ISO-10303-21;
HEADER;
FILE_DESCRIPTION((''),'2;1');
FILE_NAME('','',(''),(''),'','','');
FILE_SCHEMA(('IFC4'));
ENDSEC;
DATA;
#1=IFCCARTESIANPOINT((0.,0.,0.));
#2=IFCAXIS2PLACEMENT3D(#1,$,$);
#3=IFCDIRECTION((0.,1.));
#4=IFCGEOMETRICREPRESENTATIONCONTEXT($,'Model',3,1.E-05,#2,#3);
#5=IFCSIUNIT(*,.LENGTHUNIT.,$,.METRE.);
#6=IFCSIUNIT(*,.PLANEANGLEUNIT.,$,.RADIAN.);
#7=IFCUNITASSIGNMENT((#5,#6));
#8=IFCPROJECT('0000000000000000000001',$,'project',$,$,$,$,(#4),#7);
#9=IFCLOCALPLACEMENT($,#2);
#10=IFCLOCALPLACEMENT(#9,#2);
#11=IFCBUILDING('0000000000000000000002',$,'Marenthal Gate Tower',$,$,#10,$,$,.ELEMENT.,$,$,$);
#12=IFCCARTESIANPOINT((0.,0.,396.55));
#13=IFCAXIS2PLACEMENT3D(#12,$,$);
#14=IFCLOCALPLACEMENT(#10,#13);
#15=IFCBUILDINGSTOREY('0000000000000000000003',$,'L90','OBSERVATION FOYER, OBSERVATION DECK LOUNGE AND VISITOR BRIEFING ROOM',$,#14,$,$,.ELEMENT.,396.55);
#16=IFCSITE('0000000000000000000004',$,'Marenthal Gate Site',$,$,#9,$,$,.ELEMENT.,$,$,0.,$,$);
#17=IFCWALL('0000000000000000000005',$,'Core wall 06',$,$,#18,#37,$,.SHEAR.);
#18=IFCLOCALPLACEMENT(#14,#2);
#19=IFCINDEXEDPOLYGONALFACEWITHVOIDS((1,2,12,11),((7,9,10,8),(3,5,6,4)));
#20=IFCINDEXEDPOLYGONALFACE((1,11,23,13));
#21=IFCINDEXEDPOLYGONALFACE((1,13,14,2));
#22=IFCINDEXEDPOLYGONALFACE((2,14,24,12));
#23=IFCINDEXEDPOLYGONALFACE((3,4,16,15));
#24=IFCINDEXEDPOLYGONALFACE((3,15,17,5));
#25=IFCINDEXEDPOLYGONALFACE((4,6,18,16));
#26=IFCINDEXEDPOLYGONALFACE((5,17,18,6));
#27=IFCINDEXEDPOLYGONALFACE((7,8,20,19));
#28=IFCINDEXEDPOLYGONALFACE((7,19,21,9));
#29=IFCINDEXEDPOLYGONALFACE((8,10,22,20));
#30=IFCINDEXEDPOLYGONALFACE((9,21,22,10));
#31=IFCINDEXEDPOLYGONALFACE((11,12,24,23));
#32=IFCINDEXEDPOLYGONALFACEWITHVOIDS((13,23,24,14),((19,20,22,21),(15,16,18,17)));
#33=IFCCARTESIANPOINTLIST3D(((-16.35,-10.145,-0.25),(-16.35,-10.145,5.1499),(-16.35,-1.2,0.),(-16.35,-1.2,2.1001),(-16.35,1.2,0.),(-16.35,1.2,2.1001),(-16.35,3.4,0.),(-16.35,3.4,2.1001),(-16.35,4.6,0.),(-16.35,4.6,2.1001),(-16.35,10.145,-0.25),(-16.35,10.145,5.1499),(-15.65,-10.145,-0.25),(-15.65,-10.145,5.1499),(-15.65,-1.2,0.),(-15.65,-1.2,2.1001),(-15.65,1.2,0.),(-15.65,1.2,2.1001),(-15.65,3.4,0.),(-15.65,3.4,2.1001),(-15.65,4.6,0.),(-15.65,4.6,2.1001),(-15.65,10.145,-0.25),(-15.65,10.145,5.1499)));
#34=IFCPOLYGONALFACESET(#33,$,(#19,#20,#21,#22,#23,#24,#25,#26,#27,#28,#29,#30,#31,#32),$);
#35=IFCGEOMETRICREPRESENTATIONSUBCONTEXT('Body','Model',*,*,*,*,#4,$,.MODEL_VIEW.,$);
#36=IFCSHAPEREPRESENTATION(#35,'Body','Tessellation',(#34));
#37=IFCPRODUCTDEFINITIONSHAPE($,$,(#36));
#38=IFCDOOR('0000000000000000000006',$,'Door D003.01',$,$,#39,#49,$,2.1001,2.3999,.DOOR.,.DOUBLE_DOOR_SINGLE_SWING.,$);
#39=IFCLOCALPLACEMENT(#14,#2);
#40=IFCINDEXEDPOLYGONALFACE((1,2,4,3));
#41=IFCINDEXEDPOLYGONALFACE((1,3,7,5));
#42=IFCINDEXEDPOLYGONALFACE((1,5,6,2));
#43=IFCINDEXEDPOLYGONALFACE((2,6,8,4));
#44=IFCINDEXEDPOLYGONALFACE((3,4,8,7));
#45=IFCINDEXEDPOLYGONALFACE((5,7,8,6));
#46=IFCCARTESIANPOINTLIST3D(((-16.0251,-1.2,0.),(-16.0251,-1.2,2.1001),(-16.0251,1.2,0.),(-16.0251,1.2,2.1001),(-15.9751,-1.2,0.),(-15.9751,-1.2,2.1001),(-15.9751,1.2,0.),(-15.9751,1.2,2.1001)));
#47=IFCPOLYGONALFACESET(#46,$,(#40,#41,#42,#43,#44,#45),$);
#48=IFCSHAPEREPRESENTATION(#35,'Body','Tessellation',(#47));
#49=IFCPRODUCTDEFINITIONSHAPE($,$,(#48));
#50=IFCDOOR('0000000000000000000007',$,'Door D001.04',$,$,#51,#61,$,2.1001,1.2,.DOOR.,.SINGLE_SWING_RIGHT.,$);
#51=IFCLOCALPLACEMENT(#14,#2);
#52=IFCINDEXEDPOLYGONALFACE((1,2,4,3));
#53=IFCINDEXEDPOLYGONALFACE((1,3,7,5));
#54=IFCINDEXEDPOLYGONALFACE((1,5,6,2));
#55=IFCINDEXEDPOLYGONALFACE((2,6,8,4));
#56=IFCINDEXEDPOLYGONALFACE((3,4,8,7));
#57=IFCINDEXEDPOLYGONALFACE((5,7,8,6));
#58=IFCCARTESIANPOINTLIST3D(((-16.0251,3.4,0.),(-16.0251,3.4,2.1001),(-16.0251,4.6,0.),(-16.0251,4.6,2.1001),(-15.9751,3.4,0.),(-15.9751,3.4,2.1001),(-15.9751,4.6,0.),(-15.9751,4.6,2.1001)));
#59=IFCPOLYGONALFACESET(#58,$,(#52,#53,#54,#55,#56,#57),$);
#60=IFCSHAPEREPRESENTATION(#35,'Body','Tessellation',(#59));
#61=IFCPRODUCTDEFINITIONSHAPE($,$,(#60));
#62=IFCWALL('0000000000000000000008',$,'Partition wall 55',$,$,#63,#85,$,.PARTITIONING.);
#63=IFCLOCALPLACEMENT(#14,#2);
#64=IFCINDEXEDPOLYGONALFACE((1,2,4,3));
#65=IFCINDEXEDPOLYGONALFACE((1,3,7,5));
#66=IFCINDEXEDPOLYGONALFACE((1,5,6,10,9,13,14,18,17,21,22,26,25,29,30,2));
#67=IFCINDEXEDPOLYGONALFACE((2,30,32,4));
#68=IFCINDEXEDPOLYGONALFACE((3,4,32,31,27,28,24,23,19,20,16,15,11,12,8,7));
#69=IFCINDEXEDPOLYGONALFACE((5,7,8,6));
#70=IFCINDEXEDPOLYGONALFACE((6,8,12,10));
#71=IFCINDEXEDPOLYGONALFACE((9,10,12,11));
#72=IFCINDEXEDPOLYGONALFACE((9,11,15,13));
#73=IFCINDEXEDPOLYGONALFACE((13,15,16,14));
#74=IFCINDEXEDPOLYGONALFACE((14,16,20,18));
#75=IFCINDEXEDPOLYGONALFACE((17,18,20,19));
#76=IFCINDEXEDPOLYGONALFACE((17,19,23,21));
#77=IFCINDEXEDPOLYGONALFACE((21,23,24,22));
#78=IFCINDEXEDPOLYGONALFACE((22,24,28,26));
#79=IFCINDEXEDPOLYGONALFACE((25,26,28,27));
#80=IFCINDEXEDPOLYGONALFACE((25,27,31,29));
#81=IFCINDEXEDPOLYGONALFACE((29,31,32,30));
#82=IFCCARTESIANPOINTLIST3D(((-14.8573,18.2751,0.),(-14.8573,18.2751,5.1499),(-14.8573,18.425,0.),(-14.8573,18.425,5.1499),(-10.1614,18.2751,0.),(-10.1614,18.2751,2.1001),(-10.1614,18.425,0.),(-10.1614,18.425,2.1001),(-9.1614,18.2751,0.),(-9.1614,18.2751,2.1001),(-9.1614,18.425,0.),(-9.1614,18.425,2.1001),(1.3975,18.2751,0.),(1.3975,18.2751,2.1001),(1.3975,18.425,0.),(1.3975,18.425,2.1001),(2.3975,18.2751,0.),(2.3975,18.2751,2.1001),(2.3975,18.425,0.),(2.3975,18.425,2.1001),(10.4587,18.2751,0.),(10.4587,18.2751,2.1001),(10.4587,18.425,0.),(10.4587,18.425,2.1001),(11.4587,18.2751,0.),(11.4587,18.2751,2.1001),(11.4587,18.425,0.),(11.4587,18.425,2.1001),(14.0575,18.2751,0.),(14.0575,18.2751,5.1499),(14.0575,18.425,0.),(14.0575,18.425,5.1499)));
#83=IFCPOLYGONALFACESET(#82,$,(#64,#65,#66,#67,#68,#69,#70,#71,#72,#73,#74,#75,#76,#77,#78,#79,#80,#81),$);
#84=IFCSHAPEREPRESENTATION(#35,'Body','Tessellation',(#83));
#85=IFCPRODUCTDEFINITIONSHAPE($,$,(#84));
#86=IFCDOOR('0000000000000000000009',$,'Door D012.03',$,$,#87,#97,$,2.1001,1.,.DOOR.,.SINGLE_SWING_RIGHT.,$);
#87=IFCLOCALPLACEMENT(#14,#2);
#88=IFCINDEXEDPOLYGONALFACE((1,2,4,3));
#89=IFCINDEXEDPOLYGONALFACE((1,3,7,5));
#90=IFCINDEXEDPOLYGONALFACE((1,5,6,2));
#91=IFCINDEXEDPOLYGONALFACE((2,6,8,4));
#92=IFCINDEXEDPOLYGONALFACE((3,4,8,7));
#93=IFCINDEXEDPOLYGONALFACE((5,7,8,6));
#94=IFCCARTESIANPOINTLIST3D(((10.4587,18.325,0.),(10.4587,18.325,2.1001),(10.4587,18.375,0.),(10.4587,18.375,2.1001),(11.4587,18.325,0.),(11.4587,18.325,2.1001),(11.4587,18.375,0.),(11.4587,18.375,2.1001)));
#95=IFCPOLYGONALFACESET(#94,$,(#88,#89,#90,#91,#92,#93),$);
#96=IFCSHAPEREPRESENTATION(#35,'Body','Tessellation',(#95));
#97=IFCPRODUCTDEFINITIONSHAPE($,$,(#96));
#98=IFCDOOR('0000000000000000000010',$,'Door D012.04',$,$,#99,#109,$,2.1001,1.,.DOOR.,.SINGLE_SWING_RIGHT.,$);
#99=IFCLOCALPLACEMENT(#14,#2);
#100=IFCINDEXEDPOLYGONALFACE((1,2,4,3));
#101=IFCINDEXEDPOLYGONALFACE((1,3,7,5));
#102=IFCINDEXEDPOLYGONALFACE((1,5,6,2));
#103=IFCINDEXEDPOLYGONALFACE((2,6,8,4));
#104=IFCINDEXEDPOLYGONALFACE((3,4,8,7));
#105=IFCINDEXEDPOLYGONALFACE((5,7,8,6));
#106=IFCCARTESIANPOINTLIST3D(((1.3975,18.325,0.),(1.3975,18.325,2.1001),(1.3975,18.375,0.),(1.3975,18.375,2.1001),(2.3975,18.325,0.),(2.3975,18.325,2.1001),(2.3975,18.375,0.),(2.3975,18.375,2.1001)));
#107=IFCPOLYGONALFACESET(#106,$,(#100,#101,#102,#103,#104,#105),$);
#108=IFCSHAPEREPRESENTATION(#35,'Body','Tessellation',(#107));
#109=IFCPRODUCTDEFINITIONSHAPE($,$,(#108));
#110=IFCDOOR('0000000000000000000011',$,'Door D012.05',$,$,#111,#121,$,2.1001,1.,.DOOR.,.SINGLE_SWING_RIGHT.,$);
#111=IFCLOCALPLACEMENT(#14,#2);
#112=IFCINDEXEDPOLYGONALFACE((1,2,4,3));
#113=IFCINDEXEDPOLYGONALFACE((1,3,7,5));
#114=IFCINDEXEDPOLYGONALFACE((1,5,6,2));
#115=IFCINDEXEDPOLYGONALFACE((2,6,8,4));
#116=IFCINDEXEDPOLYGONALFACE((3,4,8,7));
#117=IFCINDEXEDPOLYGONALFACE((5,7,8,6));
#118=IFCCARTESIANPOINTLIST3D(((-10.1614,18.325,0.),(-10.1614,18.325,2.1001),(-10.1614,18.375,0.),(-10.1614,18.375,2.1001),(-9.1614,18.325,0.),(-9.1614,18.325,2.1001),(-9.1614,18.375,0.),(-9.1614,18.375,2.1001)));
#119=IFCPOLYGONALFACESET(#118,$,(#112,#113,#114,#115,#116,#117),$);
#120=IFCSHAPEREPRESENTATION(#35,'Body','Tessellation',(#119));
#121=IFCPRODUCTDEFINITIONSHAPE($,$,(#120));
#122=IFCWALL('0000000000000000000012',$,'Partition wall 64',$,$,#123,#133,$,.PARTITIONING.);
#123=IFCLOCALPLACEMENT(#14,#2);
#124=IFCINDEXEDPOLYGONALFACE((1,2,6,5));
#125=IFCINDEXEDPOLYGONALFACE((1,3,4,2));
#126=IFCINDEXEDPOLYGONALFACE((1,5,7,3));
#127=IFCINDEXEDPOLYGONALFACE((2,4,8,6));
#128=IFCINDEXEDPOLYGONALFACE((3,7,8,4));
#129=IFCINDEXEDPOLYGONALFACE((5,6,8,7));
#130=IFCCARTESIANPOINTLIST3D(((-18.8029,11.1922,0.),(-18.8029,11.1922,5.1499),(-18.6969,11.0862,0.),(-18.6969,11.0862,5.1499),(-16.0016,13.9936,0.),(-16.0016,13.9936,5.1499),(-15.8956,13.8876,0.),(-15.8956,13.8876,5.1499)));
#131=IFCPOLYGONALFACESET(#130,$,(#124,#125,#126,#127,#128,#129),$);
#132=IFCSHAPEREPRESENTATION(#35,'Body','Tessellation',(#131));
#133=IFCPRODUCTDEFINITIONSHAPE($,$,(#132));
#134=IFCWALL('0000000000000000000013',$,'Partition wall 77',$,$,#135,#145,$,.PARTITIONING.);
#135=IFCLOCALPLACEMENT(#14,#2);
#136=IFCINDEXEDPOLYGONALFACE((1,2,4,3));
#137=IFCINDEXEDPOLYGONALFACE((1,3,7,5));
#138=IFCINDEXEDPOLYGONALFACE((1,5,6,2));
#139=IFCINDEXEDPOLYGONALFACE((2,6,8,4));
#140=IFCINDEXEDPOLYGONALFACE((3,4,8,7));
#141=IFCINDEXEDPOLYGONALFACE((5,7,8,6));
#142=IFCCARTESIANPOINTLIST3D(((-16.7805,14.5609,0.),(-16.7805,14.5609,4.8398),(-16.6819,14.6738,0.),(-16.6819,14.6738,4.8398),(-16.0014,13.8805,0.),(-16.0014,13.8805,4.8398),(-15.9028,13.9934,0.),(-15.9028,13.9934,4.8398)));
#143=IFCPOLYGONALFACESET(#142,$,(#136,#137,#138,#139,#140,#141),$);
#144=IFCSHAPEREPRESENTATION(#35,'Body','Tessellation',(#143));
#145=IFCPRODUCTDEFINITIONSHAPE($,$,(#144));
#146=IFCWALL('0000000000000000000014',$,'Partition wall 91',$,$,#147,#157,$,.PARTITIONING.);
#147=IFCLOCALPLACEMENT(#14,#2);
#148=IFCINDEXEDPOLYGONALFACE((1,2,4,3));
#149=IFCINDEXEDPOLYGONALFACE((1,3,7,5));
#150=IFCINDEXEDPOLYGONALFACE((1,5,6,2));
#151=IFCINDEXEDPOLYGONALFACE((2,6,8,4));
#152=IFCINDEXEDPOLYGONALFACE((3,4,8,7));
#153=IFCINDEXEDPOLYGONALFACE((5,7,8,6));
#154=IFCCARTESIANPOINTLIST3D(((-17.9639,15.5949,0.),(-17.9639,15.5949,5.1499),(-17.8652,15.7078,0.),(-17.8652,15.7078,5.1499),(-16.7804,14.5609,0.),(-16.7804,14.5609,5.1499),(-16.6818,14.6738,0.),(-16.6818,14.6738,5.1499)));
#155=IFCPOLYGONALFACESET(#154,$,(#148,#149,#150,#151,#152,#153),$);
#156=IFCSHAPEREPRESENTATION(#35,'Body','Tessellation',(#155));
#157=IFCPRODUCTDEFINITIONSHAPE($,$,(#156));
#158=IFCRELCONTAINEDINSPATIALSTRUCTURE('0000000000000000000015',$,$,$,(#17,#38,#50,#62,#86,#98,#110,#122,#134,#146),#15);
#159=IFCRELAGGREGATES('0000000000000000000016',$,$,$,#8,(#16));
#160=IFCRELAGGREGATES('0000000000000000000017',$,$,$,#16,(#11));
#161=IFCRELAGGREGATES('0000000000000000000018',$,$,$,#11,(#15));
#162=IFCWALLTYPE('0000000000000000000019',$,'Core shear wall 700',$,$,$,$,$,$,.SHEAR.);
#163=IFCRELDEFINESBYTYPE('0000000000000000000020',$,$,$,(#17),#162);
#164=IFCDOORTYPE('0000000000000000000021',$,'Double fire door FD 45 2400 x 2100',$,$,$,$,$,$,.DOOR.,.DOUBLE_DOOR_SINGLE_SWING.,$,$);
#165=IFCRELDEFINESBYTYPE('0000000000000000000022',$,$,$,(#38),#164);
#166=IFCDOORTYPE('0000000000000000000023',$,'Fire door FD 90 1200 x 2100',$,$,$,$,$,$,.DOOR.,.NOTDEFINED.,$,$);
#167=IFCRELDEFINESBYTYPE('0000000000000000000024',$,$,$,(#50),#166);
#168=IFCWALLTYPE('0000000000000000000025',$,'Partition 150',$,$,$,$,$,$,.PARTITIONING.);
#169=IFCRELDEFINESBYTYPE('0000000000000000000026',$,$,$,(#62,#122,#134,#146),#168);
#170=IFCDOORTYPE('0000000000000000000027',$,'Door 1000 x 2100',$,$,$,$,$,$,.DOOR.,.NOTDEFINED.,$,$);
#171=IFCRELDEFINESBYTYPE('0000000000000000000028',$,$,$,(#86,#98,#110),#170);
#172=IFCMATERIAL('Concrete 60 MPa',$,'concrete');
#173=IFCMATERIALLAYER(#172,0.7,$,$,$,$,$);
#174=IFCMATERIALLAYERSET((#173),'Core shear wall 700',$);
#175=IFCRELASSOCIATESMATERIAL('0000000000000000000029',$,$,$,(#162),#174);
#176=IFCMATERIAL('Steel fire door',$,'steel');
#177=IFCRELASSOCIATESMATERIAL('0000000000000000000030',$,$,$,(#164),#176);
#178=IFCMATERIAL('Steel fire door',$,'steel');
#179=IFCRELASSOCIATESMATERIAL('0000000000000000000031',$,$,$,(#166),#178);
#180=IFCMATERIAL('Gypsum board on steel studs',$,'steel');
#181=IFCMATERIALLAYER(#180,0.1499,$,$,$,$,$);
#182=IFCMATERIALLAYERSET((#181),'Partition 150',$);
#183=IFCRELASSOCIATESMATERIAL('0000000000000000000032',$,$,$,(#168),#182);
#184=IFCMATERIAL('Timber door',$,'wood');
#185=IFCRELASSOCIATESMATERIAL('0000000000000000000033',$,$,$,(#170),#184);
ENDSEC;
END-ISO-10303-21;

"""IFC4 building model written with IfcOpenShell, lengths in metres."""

from ifc_helpers import new_model, si_unit, direction, frame, frame_2d, origin, place, context, subcontext, project, spatial, rectangle, extrude, material, layer, layer_set, type_object, element, fill, save


model = new_model("IFC4")

# Units and contexts
model_context = context("Model", 3, precision=1e-05, world=origin(), true_north=direction((0.0, 1.0)))
body_context = subcontext(model_context, "Body", "Model", "MODEL_VIEW")
ifc_project = project(units=[si_unit("LENGTHUNIT", "METRE"), si_unit("PLANEANGLEUNIT", "RADIAN")], contexts=[model_context])

# Site, building, storey
site_placement = place(None, origin())
site = spatial("IfcSite", under=ifc_project, at=site_placement, Name="Marenthal Gate Site", CompositionType="ELEMENT", RefElevation=0.0)
building_placement = place(site_placement, origin())
building = spatial("IfcBuilding", under=site, at=building_placement, Name="Marenthal Gate Tower", CompositionType="ELEMENT")
storey_placement = place(building_placement, frame((0.0, 0.0, 396.55)))
storey = spatial("IfcBuildingStorey", under=building, at=storey_placement, Name="L90", Description="OBSERVATION FOYER, OBSERVATION DECK LOUNGE AND VISITOR BRIEFING ROOM", CompositionType="ELEMENT", Elevation=396.55)

# Walls, openings, doors
ifc_material_1 = material(Name="Concrete 60 MPa", Category="concrete")
ifc_layer_1 = layer(ifc_material_1, 0.7)
ifc_layer_set_1 = layer_set([ifc_layer_1], Name="Core shear wall 700")
wall_type_1 = type_object("IfcWallType", Name="Core shear wall 700", PredefinedType="SHEAR", material=ifc_layer_set_1)
wall_1_placement = place(storey_placement, frame((-16.0, 10.145, -0.25), z_axis=(0.0, 0.0, 1.0), x_axis=(0.0, -1.0, 0.0)))
wall_1 = element("IfcWall", 1, at=wall_1_placement, inside=storey, type_object=wall_type_1, Name="Core wall 06", PredefinedType="SHEAR", context=body_context, shape_type="SweptSolid", body=[
    extrude(rectangle(XDim=20.29, YDim=0.7, at=frame_2d((10.145, 0.0))), origin(), (0.0, 0.0, 1.0), 5.3999),
])
opening_1_placement = place(wall_1_placement, frame((8.9451, 0.0, 0.25)))
opening_1 = element("IfcOpeningElement", 2, at=opening_1_placement, cuts=wall_1, PredefinedType="OPENING", context=body_context, shape_type="SweptSolid", body=[
    extrude(rectangle(XDim=2.3999, YDim=2.1001, at=frame_2d((1.2, 1.05))), frame((0.0, 0.3599, 0.0), z_axis=(0.0, -1.0, 0.0), x_axis=(1.0, 0.0, 0.0)), (0.0, 0.0, 1.0), 0.72),
])
opening_2_placement = place(wall_1_placement, frame((5.5449, 0.0, 0.25)))
opening_2 = element("IfcOpeningElement", 3, at=opening_2_placement, cuts=wall_1, PredefinedType="OPENING", context=body_context, shape_type="SweptSolid", body=[
    extrude(rectangle(XDim=1.2, YDim=2.1001, at=frame_2d((0.6001, 1.05))), frame((0.0, 0.3599, 0.0), z_axis=(0.0, -1.0, 0.0), x_axis=(1.0, 0.0, 0.0)), (0.0, 0.0, 1.0), 0.72),
])
ifc_material_2 = material(Name="Steel fire door", Category="steel")
door_type_1 = type_object("IfcDoorType", Name="Double fire door FD 45 2400 x 2100", OperationType="DOUBLE_DOOR_SINGLE_SWING", PredefinedType="DOOR", material=ifc_material_2)
door_1_placement = place(opening_1_placement, origin())
door_1 = element("IfcDoor", 4, at=door_1_placement, inside=storey, type_object=door_type_1, Name="Door D003.01", OperationType="DOUBLE_DOOR_SINGLE_SWING", OverallHeight=2.1001, OverallWidth=2.3999, PredefinedType="DOOR", context=body_context, shape_type="SweptSolid", body=[
    extrude(rectangle(XDim=2.3999, YDim=2.1001, at=frame_2d((1.2, 1.05))), frame((0.0, 0.0249, 0.0), z_axis=(0.0, -1.0, 0.0), x_axis=(1.0, 0.0, 0.0)), (0.0, 0.0, 1.0), 0.05),
])
fill(opening_1, door_1)
ifc_material_3 = material(Name="Steel fire door", Category="steel")
door_type_2 = type_object("IfcDoorType", Name="Fire door FD 90 1200 x 2100", OperationType="NOTDEFINED", PredefinedType="DOOR", material=ifc_material_3)
door_2_placement = place(opening_2_placement, origin())
door_2 = element("IfcDoor", 5, at=door_2_placement, inside=storey, type_object=door_type_2, Name="Door D001.04", OperationType="SINGLE_SWING_RIGHT", OverallHeight=2.1001, OverallWidth=1.2, PredefinedType="DOOR", context=body_context, shape_type="SweptSolid", body=[
    extrude(rectangle(XDim=1.2, YDim=2.1001, at=frame_2d((0.6001, 1.05))), frame((0.0, 0.0249, 0.0), z_axis=(0.0, -1.0, 0.0), x_axis=(1.0, 0.0, 0.0)), (0.0, 0.0, 1.0), 0.05),
])
fill(opening_2, door_2)
ifc_material_4 = material(Name="Gypsum board on steel studs", Category="steel")
ifc_layer_2 = layer(ifc_material_4, 0.1499)
ifc_layer_set_2 = layer_set([ifc_layer_2], Name="Partition 150")
wall_type_2 = type_object("IfcWallType", Name="Partition 150", PredefinedType="PARTITIONING", material=ifc_layer_set_2)
wall_2_placement = place(storey_placement, frame((-14.8574, 18.3501, 0.0), z_axis=(0.0, 0.0, 1.0), x_axis=(1.0, 0.0, 0.0)))
wall_2 = element("IfcWall", 6, at=wall_2_placement, inside=storey, type_object=wall_type_2, Name="Partition wall 55", PredefinedType="PARTITIONING", context=body_context, shape_type="SweptSolid", body=[
    extrude(rectangle(XDim=28.9148, YDim=0.1499, at=frame_2d((14.4575, 0.0))), origin(), (0.0, 0.0, 1.0), 5.1499),
])
opening_3_placement = place(wall_2_placement, frame((25.3162, 0.0, 0.0)))
opening_3 = element("IfcOpeningElement", 7, at=opening_3_placement, cuts=wall_2, PredefinedType="OPENING", context=body_context, shape_type="SweptSolid", body=[
    extrude(rectangle(XDim=1.0, YDim=2.1001, at=frame_2d((0.5, 1.05))), frame((0.0, 0.085, 0.0), z_axis=(0.0, -1.0, 0.0), x_axis=(1.0, 0.0, 0.0)), (0.0, 0.0, 1.0), 0.1699),
])
opening_4_placement = place(wall_2_placement, frame((16.2549, 0.0, 0.0)))
opening_4 = element("IfcOpeningElement", 8, at=opening_4_placement, cuts=wall_2, PredefinedType="OPENING", context=body_context, shape_type="SweptSolid", body=[
    extrude(rectangle(XDim=1.0, YDim=2.1001, at=frame_2d((0.5, 1.05))), frame((0.0, 0.085, 0.0), z_axis=(0.0, -1.0, 0.0), x_axis=(1.0, 0.0, 0.0)), (0.0, 0.0, 1.0), 0.1699),
])
opening_5_placement = place(wall_2_placement, frame((4.696, 0.0, 0.0)))
opening_5 = element("IfcOpeningElement", 9, at=opening_5_placement, cuts=wall_2, PredefinedType="OPENING", context=body_context, shape_type="SweptSolid", body=[
    extrude(rectangle(XDim=1.0, YDim=2.1001, at=frame_2d((0.5, 1.05))), frame((0.0, 0.085, 0.0), z_axis=(0.0, -1.0, 0.0), x_axis=(1.0, 0.0, 0.0)), (0.0, 0.0, 1.0), 0.1699),
])
ifc_material_5 = material(Name="Timber door", Category="wood")
door_type_3 = type_object("IfcDoorType", Name="Door 1000 x 2100", OperationType="NOTDEFINED", PredefinedType="DOOR", material=ifc_material_5)
door_3_placement = place(opening_3_placement, origin())
door_3 = element("IfcDoor", 10, at=door_3_placement, inside=storey, type_object=door_type_3, Name="Door D012.03", OperationType="SINGLE_SWING_RIGHT", OverallHeight=2.1001, OverallWidth=1.0, PredefinedType="DOOR", context=body_context, shape_type="SweptSolid", body=[
    extrude(rectangle(XDim=1.0, YDim=2.1001, at=frame_2d((0.5, 1.05))), frame((0.0, 0.0249, 0.0), z_axis=(0.0, -1.0, 0.0), x_axis=(1.0, 0.0, 0.0)), (0.0, 0.0, 1.0), 0.05),
])
fill(opening_3, door_3)
door_4_placement = place(opening_4_placement, origin())
door_4 = element("IfcDoor", 11, at=door_4_placement, inside=storey, type_object=door_type_3, Name="Door D012.04", OperationType="SINGLE_SWING_RIGHT", OverallHeight=2.1001, OverallWidth=1.0, PredefinedType="DOOR", context=body_context, shape_type="SweptSolid", body=[
    extrude(rectangle(XDim=1.0, YDim=2.1001, at=frame_2d((0.5, 1.05))), frame((0.0, 0.0249, 0.0), z_axis=(0.0, -1.0, 0.0), x_axis=(1.0, 0.0, 0.0)), (0.0, 0.0, 1.0), 0.05),
])
fill(opening_4, door_4)
door_5_placement = place(opening_5_placement, origin())
door_5 = element("IfcDoor", 12, at=door_5_placement, inside=storey, type_object=door_type_3, Name="Door D012.05", OperationType="SINGLE_SWING_RIGHT", OverallHeight=2.1001, OverallWidth=1.0, PredefinedType="DOOR", context=body_context, shape_type="SweptSolid", body=[
    extrude(rectangle(XDim=1.0, YDim=2.1001, at=frame_2d((0.5, 1.05))), frame((0.0, 0.0249, 0.0), z_axis=(0.0, -1.0, 0.0), x_axis=(1.0, 0.0, 0.0)), (0.0, 0.0, 1.0), 0.05),
])
fill(opening_5, door_5)

# Walls
wall_3_placement = place(storey_placement, frame((-18.75, 11.1392, 0.0), z_axis=(0.0, 0.0, 1.0), x_axis=(0.707107, 0.707107, 0.0)))
element("IfcWall", 13, at=wall_3_placement, inside=storey, type_object=wall_type_2, Name="Partition wall 64", PredefinedType="PARTITIONING", context=body_context, shape_type="SweptSolid", body=[
    extrude(rectangle(XDim=3.9617, YDim=0.1499, at=frame_2d((1.981, 0.0))), origin(), (0.0, 0.0, 1.0), 5.1499),
])
wall_4_placement = place(storey_placement, frame((-15.9521, 13.937, 0.0), z_axis=(0.0, 0.0, 1.0), x_axis=(-0.753176, 0.657819, 0.0)))
element("IfcWall", 14, at=wall_4_placement, inside=storey, type_object=wall_type_2, Name="Partition wall 77", PredefinedType="PARTITIONING", context=body_context, shape_type="SweptSolid", body=[
    extrude(rectangle(XDim=1.0344, YDim=0.1499, at=frame_2d((0.5171, 0.0))), origin(), (0.0, 0.0, 1.0), 4.8398),
])
wall_5_placement = place(storey_placement, frame((-16.7312, 14.6174, 0.0), z_axis=(0.0, 0.0, 1.0), x_axis=(-0.753048, 0.657965, 0.0)))
element("IfcWall", 15, at=wall_5_placement, inside=storey, type_object=wall_type_2, Name="Partition wall 91", PredefinedType="PARTITIONING", context=body_context, shape_type="SweptSolid", body=[
    extrude(rectangle(XDim=1.5715, YDim=0.1499, at=frame_2d((0.7856, 0.0))), origin(), (0.0, 0.0, 1.0), 5.1499),
])

save(model, "model.ifc")
